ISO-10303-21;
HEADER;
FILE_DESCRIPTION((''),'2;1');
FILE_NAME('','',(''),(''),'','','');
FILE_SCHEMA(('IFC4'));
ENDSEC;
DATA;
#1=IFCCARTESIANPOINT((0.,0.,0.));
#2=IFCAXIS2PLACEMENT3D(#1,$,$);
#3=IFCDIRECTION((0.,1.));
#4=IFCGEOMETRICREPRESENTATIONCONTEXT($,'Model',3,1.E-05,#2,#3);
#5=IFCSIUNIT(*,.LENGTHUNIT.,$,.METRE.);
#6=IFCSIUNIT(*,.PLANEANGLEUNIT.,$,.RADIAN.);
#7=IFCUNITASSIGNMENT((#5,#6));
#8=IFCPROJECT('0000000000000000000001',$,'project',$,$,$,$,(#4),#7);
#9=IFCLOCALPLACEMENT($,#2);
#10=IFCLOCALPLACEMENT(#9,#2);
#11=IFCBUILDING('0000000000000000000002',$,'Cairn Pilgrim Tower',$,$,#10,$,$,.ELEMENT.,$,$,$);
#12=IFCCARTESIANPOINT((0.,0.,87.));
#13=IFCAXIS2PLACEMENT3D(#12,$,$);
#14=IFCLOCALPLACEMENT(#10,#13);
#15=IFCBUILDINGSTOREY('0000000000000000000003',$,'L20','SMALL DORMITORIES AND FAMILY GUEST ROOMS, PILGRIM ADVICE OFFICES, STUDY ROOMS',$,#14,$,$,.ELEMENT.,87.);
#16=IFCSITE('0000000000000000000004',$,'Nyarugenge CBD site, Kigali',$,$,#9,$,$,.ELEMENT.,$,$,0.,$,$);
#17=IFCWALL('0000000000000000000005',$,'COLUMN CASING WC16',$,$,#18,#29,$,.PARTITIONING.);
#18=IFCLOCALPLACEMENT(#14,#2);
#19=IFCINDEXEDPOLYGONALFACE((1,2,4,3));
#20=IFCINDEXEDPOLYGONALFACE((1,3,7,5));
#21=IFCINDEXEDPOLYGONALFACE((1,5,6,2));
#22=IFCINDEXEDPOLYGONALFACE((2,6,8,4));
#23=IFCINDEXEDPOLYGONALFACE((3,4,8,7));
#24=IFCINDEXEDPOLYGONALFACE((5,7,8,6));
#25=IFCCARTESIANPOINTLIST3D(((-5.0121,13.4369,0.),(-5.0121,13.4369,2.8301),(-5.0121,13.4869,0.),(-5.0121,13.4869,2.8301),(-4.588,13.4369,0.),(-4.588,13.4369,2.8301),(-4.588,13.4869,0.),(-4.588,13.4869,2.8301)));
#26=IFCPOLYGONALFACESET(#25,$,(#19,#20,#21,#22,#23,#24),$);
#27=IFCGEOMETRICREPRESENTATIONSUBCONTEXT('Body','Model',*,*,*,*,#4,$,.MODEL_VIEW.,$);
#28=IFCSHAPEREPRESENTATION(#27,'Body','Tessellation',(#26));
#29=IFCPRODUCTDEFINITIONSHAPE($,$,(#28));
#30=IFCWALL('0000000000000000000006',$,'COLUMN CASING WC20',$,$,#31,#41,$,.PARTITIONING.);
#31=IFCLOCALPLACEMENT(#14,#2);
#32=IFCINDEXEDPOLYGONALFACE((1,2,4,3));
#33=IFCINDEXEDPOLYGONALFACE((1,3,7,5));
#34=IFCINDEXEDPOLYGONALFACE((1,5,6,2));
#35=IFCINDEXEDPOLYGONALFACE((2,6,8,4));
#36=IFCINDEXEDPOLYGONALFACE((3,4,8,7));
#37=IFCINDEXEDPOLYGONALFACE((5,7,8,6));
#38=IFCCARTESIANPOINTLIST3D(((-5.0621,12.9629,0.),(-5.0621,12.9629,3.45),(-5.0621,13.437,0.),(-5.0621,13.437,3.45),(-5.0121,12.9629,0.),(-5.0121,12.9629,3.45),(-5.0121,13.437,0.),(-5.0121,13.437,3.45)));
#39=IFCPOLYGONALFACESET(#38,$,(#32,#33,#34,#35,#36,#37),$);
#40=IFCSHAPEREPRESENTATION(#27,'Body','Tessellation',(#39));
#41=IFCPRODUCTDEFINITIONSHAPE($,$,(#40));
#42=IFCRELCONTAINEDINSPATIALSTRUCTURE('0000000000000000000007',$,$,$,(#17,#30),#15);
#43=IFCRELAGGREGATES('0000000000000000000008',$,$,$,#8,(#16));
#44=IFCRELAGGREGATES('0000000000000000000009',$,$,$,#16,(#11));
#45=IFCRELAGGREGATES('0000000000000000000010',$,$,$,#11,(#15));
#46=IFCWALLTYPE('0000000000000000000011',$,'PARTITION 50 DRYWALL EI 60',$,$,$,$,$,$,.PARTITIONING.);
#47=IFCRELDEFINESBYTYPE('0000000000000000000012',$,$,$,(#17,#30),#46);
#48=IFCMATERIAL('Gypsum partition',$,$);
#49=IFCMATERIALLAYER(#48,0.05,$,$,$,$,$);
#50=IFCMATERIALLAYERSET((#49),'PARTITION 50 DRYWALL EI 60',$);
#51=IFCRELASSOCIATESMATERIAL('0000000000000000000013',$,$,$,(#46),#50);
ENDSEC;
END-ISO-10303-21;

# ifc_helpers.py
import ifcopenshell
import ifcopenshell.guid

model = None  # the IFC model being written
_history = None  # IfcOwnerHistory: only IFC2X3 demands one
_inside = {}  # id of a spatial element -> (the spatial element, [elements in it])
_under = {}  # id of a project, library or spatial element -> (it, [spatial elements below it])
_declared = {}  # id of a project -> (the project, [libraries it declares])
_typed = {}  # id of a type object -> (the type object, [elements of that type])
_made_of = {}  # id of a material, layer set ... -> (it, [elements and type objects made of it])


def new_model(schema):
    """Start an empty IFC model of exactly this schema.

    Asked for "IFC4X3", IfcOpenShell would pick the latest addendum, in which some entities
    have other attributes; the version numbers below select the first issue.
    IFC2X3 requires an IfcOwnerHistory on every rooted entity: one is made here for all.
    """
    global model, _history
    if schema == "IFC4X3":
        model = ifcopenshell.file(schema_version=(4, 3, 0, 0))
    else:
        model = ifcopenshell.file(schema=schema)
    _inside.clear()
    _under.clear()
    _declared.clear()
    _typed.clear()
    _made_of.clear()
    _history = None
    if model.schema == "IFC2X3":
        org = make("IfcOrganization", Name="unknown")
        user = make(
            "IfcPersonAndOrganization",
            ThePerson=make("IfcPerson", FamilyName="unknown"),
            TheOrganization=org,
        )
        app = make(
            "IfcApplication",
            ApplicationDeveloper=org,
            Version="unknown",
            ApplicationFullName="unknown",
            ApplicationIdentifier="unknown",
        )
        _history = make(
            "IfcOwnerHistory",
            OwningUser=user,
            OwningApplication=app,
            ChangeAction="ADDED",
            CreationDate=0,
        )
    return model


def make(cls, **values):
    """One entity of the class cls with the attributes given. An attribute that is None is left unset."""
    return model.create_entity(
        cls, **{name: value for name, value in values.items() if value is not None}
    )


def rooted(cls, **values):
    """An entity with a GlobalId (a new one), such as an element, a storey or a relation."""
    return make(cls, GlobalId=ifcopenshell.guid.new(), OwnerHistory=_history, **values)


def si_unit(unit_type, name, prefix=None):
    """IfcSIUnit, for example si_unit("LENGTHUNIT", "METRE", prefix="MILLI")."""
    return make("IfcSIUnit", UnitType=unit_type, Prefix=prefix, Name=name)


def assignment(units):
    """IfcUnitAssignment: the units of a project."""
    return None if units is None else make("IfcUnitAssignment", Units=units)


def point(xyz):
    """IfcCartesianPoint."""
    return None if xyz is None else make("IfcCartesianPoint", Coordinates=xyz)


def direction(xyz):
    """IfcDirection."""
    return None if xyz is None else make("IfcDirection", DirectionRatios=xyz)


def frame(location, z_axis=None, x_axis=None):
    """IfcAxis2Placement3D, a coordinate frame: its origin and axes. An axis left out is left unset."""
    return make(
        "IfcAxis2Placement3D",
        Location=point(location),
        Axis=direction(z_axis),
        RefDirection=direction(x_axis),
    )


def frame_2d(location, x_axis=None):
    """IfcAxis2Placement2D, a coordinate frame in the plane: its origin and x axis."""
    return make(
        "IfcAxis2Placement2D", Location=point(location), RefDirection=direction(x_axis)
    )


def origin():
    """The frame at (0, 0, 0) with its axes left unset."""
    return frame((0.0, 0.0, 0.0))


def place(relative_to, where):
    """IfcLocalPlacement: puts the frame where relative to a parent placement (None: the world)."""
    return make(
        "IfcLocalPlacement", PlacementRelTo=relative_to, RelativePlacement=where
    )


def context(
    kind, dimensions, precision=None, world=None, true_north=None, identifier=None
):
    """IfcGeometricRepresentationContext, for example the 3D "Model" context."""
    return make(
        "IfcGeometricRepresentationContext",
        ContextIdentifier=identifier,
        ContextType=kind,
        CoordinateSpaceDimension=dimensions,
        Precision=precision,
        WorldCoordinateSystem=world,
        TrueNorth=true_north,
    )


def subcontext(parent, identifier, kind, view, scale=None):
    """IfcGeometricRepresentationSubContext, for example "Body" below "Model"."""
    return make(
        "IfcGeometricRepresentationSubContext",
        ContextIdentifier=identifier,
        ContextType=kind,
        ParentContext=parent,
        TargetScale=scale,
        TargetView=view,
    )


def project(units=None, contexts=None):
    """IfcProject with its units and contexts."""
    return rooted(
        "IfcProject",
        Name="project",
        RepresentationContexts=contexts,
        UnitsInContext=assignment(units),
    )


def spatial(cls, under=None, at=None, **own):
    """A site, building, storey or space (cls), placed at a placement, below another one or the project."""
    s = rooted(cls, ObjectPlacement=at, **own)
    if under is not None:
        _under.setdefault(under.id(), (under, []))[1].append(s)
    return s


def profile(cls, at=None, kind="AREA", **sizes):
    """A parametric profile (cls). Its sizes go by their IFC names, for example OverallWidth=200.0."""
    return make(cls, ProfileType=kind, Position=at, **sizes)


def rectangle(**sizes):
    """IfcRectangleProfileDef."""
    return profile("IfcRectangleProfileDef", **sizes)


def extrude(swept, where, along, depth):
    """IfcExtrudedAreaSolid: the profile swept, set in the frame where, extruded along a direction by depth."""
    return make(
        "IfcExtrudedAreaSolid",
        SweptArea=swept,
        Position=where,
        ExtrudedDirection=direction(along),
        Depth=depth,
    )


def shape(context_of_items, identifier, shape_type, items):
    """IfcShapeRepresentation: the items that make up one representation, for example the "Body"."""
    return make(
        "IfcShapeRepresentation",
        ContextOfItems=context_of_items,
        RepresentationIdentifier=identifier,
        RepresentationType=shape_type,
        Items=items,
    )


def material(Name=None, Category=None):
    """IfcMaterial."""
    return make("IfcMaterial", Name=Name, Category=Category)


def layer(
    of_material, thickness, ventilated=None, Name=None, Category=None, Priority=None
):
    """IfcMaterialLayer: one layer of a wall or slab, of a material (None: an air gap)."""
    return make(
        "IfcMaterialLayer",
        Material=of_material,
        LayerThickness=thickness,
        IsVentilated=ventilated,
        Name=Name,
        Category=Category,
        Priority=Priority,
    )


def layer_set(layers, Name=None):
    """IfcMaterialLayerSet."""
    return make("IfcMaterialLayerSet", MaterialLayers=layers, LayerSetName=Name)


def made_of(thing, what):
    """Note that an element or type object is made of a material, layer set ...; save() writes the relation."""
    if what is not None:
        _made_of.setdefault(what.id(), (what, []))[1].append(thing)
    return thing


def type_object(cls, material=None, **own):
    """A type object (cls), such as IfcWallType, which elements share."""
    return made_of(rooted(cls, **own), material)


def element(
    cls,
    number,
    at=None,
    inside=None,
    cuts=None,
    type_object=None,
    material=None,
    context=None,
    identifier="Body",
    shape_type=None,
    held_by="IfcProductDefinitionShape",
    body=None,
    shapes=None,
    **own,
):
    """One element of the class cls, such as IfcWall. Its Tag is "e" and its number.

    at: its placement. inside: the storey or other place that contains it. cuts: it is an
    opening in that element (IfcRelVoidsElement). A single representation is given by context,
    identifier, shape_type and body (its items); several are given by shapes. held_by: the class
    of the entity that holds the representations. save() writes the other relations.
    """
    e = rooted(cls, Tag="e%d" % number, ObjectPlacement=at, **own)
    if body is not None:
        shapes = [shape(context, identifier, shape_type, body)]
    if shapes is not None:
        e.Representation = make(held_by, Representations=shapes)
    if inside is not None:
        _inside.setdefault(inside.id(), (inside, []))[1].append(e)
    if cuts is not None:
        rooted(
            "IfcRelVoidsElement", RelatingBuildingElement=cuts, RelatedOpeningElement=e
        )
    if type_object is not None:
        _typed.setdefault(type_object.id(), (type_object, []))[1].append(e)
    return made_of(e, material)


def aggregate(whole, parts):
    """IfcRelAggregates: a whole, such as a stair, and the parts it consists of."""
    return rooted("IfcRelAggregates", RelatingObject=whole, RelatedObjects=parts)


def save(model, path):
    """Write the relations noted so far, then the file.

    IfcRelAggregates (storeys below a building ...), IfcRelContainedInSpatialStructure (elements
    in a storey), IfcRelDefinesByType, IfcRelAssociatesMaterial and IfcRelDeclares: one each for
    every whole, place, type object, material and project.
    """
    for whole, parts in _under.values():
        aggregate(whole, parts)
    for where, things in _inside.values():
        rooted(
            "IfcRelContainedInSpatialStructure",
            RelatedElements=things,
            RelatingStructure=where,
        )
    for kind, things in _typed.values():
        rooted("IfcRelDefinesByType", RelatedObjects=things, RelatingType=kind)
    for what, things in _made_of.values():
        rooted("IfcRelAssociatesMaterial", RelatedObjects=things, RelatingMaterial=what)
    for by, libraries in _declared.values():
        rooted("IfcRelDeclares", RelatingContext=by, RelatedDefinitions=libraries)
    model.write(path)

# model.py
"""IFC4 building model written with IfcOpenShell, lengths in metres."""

from ifc_helpers import new_model, si_unit, direction, frame, frame_2d, origin, place, context, subcontext, project, spatial, rectangle, extrude, material, layer, layer_set, type_object, element, save


model = new_model("IFC4")

# Units and contexts
model_context = context("Model", 3, precision=1e-05, world=origin(), true_north=direction((0.0, 1.0)))
body_context = subcontext(model_context, "Body", "Model", "MODEL_VIEW")
ifc_project = project(units=[si_unit("LENGTHUNIT", "METRE"), si_unit("PLANEANGLEUNIT", "RADIAN")], contexts=[model_context])

# Site, building, storey
site_placement = place(None, origin())
site = spatial("IfcSite", under=ifc_project, at=site_placement, Name="Nyarugenge CBD site, Kigali", CompositionType="ELEMENT", RefElevation=0.0)
building_placement = place(site_placement, origin())
building = spatial("IfcBuilding", under=site, at=building_placement, Name="Cairn Pilgrim Tower", CompositionType="ELEMENT")
storey_placement = place(building_placement, frame((0.0, 0.0, 87.0)))
storey = spatial("IfcBuildingStorey", under=building, at=storey_placement, Name="L20", Description="SMALL DORMITORIES AND FAMILY GUEST ROOMS, PILGRIM ADVICE OFFICES, STUDY ROOMS", CompositionType="ELEMENT", Elevation=87.0)

# Shared definitions
ifc_material_1 = material(Name="Gypsum partition")

# Walls
ifc_layer_1 = layer(ifc_material_1, 0.05)
ifc_layer_set_1 = layer_set([ifc_layer_1], Name="PARTITION 50 DRYWALL EI 60")
wall_type_1 = type_object("IfcWallType", Name="PARTITION 50 DRYWALL EI 60", PredefinedType="PARTITIONING", material=ifc_layer_set_1)
wall_1_placement = place(storey_placement, frame((-5.012, 13.4619, 0.0), z_axis=(0.0, 0.0, 1.0), x_axis=(1.0, 0.0, 0.0)))
element("IfcWall", 1, at=wall_1_placement, inside=storey, type_object=wall_type_1, Name="COLUMN CASING WC16", PredefinedType="PARTITIONING", context=body_context, shape_type="SweptSolid", body=[
    extrude(rectangle(XDim=0.4241, YDim=0.05, at=frame_2d((0.2119, 0.0))), origin(), (0.0, 0.0, 1.0), 2.8301),
])
wall_2_placement = place(storey_placement, frame((-5.0371, 12.9629, 0.0), z_axis=(0.0, 0.0, 1.0), x_axis=(0.0, 1.0, 0.0)))
element("IfcWall", 2, at=wall_2_placement, inside=storey, type_object=wall_type_1, Name="COLUMN CASING WC20", PredefinedType="PARTITIONING", context=body_context, shape_type="SweptSolid", body=[
    extrude(rectangle(XDim=0.4741, YDim=0.05, at=frame_2d((0.2371, 0.0))), origin(), (0.0, 0.0, 1.0), 3.45),
])

save(model, "model.ifc")
